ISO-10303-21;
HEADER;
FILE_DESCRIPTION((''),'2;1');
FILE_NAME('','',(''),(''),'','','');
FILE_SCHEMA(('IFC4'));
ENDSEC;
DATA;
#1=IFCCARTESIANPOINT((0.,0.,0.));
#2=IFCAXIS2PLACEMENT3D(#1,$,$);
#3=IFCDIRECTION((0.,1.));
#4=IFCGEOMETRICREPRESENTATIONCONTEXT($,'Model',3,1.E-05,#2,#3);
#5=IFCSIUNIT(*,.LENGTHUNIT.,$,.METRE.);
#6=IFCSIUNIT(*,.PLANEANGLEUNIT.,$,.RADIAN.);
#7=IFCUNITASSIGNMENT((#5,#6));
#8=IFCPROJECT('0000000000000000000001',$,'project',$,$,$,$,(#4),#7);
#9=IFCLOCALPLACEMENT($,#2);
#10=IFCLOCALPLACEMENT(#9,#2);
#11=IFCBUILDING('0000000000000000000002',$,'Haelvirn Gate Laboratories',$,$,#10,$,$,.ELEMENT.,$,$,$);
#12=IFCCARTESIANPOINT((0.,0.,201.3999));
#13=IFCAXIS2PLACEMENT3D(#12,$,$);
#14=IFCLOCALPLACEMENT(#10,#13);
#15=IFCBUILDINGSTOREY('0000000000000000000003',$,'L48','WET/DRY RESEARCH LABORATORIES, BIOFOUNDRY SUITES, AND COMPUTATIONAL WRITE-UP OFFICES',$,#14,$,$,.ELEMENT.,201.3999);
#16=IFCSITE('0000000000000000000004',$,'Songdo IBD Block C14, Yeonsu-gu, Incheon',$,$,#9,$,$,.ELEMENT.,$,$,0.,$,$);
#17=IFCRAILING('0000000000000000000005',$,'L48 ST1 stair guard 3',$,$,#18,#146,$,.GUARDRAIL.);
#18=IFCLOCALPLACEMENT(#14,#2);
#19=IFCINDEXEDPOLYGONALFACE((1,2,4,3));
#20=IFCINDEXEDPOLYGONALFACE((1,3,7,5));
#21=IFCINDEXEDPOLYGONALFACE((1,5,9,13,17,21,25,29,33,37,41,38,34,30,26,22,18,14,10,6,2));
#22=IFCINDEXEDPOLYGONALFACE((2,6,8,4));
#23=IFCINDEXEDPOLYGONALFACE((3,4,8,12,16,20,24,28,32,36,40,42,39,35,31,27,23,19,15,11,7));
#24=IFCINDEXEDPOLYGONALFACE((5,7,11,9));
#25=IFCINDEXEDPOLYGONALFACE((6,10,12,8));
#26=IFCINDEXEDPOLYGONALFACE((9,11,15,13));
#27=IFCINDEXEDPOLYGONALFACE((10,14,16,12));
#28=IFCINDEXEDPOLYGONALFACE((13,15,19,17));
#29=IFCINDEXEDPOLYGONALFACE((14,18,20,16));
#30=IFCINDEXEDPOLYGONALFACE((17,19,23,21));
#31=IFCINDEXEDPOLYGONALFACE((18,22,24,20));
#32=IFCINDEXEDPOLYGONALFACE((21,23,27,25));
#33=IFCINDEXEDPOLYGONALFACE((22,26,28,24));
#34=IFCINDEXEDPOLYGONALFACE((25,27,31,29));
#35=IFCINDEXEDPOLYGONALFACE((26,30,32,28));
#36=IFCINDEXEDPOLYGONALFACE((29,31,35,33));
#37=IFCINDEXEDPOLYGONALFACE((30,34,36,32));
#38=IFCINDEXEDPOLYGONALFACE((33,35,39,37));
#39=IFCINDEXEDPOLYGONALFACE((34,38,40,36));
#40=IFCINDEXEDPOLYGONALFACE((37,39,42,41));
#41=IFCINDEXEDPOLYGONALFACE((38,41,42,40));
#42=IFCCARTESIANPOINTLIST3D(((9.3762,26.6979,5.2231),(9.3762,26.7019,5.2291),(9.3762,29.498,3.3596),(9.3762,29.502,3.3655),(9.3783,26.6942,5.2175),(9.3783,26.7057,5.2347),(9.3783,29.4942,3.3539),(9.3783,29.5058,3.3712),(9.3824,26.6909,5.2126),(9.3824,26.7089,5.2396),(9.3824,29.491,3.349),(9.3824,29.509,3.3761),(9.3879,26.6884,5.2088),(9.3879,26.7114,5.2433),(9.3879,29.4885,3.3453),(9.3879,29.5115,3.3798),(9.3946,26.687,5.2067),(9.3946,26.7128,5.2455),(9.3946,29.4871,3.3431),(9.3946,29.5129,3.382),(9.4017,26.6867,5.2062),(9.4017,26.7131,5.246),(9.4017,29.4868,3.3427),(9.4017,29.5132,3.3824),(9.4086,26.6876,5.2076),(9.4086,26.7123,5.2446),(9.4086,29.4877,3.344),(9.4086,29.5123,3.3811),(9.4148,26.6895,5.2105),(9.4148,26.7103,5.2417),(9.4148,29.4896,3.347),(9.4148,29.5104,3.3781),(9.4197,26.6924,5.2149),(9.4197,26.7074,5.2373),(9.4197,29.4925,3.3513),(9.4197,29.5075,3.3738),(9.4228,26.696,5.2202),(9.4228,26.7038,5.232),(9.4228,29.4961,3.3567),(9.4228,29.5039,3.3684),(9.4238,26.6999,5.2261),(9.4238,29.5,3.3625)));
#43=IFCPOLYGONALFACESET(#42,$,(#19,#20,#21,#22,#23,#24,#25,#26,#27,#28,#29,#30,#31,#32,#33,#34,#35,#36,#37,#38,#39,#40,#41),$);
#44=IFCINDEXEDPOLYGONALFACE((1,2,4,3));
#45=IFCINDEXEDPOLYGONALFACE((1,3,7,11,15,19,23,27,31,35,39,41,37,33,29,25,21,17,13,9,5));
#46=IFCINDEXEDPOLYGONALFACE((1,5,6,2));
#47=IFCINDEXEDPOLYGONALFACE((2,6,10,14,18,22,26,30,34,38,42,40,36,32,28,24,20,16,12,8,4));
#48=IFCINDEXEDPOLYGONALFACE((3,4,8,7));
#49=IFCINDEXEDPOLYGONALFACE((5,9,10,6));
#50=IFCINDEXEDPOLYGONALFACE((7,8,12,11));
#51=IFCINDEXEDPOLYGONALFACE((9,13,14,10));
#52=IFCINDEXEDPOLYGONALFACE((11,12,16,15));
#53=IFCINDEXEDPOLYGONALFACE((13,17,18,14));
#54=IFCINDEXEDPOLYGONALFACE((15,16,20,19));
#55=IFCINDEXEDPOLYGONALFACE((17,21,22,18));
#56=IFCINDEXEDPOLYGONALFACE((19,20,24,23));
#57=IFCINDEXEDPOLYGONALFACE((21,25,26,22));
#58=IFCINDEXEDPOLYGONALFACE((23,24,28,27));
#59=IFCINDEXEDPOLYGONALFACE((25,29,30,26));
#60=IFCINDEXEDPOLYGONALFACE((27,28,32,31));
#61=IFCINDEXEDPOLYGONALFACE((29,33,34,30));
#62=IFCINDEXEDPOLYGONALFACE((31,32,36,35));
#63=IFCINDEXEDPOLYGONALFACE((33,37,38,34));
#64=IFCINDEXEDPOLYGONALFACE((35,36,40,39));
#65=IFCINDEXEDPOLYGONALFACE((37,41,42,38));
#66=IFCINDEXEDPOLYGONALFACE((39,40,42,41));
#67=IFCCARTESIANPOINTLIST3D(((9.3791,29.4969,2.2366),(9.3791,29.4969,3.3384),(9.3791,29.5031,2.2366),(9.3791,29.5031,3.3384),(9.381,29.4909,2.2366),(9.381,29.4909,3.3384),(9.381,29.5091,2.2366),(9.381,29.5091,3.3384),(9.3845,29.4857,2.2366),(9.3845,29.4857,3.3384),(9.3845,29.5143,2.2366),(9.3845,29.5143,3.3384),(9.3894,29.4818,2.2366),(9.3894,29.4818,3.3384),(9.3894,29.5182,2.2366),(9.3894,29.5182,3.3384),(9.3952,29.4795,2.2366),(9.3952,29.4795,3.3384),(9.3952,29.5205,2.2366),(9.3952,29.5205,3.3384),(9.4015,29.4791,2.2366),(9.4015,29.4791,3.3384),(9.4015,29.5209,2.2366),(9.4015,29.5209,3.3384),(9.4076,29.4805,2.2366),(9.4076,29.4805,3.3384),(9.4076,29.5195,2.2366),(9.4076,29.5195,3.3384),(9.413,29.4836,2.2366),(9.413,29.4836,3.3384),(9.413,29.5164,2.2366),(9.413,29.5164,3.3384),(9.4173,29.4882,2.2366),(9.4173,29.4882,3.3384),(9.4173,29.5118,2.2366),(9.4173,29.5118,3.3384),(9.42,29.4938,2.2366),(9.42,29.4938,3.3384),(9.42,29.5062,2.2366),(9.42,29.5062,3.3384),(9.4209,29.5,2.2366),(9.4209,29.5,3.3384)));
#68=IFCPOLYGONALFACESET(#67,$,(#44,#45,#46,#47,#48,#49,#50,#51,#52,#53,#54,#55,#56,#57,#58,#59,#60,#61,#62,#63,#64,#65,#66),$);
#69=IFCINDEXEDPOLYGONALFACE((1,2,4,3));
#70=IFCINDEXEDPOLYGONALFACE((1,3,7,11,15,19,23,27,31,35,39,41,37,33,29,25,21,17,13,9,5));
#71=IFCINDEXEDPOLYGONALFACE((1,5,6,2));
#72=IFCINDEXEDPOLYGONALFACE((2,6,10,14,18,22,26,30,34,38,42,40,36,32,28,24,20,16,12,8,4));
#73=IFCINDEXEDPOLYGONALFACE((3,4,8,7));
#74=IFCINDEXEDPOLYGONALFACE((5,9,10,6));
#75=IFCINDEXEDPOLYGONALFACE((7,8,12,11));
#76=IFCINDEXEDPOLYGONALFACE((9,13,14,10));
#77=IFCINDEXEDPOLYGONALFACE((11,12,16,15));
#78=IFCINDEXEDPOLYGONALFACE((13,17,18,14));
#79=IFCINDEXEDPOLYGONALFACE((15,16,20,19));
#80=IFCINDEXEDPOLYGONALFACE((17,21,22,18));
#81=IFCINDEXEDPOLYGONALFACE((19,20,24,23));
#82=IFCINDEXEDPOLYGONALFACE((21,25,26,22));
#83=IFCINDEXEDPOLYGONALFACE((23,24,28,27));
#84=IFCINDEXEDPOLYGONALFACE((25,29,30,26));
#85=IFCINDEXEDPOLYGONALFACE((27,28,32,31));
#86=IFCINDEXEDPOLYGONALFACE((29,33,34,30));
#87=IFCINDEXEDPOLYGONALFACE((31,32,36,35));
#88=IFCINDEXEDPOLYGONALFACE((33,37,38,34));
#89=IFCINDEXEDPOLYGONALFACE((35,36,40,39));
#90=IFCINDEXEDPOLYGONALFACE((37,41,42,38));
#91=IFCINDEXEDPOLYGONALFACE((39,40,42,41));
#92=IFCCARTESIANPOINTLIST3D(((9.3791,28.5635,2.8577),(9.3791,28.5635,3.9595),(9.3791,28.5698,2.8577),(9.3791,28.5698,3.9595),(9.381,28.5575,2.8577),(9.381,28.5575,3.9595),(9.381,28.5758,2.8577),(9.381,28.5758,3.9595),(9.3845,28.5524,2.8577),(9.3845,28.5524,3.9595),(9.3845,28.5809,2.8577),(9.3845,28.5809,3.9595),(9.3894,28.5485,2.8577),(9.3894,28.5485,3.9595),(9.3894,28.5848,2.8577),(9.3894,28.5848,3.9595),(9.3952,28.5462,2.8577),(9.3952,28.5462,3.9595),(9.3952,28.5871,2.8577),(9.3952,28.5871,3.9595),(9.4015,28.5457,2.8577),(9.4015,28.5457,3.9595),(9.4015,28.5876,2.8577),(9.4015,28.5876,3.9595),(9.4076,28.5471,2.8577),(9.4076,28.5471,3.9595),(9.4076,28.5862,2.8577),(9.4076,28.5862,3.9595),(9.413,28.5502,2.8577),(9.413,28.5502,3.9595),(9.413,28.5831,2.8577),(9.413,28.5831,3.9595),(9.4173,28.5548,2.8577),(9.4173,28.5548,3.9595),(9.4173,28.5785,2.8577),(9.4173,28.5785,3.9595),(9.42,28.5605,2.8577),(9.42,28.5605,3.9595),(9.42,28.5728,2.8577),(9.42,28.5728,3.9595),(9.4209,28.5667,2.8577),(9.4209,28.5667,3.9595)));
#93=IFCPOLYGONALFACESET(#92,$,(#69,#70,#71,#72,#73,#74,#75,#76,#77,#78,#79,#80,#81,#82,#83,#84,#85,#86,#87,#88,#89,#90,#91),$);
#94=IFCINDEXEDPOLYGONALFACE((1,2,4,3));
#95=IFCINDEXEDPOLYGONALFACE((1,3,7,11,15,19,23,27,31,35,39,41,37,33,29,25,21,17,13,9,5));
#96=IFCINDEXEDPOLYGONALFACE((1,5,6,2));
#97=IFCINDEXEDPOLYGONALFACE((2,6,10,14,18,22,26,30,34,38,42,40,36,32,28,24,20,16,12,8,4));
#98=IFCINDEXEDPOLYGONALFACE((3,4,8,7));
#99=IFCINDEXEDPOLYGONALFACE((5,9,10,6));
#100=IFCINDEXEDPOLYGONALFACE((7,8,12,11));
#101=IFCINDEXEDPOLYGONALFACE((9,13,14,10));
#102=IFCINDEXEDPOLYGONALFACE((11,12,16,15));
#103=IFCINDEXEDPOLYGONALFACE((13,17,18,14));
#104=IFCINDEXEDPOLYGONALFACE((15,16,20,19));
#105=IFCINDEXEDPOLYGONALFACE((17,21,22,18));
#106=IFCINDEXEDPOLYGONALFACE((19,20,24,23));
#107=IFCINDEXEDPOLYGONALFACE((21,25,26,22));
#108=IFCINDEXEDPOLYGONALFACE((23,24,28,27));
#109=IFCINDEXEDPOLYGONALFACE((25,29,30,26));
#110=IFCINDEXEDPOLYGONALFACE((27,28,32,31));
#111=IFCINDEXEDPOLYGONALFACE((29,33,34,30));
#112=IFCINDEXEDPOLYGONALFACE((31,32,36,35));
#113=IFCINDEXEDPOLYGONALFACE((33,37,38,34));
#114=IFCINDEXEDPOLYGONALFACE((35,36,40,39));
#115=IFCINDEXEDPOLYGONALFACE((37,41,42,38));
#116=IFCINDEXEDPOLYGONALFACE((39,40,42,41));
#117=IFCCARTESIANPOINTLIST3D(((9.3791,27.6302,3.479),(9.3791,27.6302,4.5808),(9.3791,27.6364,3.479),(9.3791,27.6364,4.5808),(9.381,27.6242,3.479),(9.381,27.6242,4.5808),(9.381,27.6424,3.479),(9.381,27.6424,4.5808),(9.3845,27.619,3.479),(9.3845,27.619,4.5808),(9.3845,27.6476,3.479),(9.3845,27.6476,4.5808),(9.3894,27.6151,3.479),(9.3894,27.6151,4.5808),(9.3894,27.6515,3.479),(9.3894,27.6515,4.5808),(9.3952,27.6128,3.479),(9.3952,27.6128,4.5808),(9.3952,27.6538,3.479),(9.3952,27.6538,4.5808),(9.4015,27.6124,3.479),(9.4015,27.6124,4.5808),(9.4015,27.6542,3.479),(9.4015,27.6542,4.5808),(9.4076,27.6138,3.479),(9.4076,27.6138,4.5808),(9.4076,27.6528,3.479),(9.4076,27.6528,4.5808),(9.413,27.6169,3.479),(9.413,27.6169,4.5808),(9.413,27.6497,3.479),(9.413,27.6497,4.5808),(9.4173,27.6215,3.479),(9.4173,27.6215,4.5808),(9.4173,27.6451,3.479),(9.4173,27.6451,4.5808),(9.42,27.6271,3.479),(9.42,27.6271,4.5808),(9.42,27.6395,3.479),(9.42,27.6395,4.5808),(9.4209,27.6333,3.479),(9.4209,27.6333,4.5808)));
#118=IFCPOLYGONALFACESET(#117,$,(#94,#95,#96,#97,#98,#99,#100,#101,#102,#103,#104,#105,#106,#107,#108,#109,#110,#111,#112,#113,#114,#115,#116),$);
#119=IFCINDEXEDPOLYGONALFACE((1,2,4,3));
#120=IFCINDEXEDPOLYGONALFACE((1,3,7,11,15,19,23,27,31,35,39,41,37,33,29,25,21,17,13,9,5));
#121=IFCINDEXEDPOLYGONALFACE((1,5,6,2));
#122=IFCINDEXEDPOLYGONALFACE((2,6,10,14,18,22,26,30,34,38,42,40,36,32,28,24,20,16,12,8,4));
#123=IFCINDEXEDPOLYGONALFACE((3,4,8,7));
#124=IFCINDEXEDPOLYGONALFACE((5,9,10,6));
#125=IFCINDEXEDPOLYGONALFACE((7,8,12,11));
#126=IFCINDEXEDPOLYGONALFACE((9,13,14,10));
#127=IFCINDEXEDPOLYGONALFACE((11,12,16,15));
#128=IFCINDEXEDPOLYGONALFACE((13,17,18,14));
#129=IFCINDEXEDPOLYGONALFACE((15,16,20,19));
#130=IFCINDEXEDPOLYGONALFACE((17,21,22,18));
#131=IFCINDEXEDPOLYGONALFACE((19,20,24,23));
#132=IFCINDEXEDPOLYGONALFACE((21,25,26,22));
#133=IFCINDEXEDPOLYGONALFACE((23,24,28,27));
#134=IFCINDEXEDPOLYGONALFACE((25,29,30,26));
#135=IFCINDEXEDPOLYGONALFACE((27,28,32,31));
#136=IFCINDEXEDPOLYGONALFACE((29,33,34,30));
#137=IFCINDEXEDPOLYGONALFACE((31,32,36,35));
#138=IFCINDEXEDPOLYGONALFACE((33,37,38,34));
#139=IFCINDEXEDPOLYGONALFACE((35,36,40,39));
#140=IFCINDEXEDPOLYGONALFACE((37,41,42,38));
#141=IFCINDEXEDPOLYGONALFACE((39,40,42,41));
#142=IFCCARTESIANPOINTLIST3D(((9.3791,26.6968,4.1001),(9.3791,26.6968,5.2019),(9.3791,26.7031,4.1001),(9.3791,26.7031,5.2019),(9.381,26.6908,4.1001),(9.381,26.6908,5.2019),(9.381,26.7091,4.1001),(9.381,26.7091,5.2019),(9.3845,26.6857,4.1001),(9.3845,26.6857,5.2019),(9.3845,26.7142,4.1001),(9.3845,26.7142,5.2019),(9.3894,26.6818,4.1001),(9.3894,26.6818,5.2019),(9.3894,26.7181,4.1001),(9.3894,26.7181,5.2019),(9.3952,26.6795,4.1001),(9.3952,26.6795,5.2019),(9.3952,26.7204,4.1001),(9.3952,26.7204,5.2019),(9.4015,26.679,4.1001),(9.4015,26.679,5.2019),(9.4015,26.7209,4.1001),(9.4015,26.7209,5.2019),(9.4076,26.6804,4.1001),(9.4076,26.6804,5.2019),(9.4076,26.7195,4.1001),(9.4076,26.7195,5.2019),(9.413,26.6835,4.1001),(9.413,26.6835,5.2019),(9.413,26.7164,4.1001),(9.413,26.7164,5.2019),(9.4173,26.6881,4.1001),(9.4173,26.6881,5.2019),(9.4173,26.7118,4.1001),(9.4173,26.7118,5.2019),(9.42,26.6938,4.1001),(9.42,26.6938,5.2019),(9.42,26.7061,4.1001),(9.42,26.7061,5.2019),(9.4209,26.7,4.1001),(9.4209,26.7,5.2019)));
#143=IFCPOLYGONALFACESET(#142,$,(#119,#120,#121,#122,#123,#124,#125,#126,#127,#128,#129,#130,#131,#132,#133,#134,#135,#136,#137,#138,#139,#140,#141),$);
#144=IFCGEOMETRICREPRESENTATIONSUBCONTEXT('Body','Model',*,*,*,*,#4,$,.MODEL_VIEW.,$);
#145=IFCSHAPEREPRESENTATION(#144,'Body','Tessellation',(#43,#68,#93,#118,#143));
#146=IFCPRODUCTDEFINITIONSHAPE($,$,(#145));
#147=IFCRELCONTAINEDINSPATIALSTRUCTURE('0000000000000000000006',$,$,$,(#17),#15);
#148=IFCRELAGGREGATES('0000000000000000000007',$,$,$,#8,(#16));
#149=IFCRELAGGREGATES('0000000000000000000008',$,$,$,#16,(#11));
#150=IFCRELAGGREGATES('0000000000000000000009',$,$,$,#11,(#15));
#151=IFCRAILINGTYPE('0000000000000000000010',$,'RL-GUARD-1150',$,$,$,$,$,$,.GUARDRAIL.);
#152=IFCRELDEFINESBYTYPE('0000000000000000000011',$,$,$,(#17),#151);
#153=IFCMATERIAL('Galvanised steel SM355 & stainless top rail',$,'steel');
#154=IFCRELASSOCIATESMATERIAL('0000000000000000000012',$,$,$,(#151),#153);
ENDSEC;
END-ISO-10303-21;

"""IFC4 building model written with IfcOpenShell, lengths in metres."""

from ifc_helpers import new_model, si_unit, direction, frame, origin, origin_2d, place, context, subcontext, project, spatial, circle, extrude, source, transform, mapped, material, type_object, element, save


model = new_model("IFC4")

# Units and contexts
model_context = context("Model", 3, precision=1e-05, world=origin(), true_north=direction((0.0, 1.0)))
body_context = subcontext(model_context, "Body", "Model", "MODEL_VIEW")
ifc_project = project(units=[si_unit("LENGTHUNIT", "METRE"), si_unit("PLANEANGLEUNIT", "RADIAN")], contexts=[model_context])

# Site, building, storey
site_placement = place(None, origin())
site = spatial("IfcSite", under=ifc_project, at=site_placement, Name="Songdo IBD Block C14, Yeonsu-gu, Incheon", CompositionType="ELEMENT", RefElevation=0.0)
building_placement = place(site_placement, origin())
building = spatial("IfcBuilding", under=site, at=building_placement, Name="Haelvirn Gate Laboratories", CompositionType="ELEMENT")
storey_placement = place(building_placement, frame((0.0, 0.0, 201.3999)))
storey = spatial("IfcBuildingStorey", under=building, at=storey_placement, Name="L48", Description="WET/DRY RESEARCH LABORATORIES, BIOFOUNDRY SUITES, AND COMPUTATIONAL WRITE-UP OFFICES", CompositionType="ELEMENT", Elevation=201.3999)

# Railing
ifc_material_1 = material(Name="Galvanised steel SM355 & stainless top rail", Category="steel")
railing_type_1 = type_object("IfcRailingType", Name="RL-GUARD-1150", PredefinedType="GUARDRAIL", material=ifc_material_1)
shared_shape_1 = source(origin(), body_context, "Body", "SweptSolid", [
    extrude(circle(Radius=0.0239, at=origin_2d()), frame((0.0, 0.0, 1.126), z_axis=(0.0, -0.832486, 0.554047), x_axis=(1.0, 0.0, 0.0)), (0.0, 0.0, 1.0), 3.3635),
    extrude(circle(Radius=0.021, at=origin_2d()), origin(), (0.0, 0.0, 1.0), 1.1018),
    extrude(circle(Radius=0.021, at=origin_2d()), frame((0.0, -0.9333, 0.6211)), (0.0, 0.0, 1.0), 1.1018),
    extrude(circle(Radius=0.021, at=origin_2d()), frame((0.0, -1.8667, 1.2424)), (0.0, 0.0, 1.0), 1.1018),
    extrude(circle(Radius=0.021, at=origin_2d()), frame((0.0, -2.8, 1.8635)), (0.0, 0.0, 1.0), 1.1018),
])
railing_1_placement = place(storey_placement, frame((9.3999, 29.5, 2.2366)))
element("IfcRailing", 1, at=railing_1_placement, inside=storey, type_object=railing_type_1, Name="L48 ST1 stair guard 3", PredefinedType="GUARDRAIL", context=body_context, shape_type="MappedRepresentation", body=[
    mapped(shared_shape_1, transform((0.0, 0.0, 0.0), scale=1.0)),
])

save(model, "model.ifc")
